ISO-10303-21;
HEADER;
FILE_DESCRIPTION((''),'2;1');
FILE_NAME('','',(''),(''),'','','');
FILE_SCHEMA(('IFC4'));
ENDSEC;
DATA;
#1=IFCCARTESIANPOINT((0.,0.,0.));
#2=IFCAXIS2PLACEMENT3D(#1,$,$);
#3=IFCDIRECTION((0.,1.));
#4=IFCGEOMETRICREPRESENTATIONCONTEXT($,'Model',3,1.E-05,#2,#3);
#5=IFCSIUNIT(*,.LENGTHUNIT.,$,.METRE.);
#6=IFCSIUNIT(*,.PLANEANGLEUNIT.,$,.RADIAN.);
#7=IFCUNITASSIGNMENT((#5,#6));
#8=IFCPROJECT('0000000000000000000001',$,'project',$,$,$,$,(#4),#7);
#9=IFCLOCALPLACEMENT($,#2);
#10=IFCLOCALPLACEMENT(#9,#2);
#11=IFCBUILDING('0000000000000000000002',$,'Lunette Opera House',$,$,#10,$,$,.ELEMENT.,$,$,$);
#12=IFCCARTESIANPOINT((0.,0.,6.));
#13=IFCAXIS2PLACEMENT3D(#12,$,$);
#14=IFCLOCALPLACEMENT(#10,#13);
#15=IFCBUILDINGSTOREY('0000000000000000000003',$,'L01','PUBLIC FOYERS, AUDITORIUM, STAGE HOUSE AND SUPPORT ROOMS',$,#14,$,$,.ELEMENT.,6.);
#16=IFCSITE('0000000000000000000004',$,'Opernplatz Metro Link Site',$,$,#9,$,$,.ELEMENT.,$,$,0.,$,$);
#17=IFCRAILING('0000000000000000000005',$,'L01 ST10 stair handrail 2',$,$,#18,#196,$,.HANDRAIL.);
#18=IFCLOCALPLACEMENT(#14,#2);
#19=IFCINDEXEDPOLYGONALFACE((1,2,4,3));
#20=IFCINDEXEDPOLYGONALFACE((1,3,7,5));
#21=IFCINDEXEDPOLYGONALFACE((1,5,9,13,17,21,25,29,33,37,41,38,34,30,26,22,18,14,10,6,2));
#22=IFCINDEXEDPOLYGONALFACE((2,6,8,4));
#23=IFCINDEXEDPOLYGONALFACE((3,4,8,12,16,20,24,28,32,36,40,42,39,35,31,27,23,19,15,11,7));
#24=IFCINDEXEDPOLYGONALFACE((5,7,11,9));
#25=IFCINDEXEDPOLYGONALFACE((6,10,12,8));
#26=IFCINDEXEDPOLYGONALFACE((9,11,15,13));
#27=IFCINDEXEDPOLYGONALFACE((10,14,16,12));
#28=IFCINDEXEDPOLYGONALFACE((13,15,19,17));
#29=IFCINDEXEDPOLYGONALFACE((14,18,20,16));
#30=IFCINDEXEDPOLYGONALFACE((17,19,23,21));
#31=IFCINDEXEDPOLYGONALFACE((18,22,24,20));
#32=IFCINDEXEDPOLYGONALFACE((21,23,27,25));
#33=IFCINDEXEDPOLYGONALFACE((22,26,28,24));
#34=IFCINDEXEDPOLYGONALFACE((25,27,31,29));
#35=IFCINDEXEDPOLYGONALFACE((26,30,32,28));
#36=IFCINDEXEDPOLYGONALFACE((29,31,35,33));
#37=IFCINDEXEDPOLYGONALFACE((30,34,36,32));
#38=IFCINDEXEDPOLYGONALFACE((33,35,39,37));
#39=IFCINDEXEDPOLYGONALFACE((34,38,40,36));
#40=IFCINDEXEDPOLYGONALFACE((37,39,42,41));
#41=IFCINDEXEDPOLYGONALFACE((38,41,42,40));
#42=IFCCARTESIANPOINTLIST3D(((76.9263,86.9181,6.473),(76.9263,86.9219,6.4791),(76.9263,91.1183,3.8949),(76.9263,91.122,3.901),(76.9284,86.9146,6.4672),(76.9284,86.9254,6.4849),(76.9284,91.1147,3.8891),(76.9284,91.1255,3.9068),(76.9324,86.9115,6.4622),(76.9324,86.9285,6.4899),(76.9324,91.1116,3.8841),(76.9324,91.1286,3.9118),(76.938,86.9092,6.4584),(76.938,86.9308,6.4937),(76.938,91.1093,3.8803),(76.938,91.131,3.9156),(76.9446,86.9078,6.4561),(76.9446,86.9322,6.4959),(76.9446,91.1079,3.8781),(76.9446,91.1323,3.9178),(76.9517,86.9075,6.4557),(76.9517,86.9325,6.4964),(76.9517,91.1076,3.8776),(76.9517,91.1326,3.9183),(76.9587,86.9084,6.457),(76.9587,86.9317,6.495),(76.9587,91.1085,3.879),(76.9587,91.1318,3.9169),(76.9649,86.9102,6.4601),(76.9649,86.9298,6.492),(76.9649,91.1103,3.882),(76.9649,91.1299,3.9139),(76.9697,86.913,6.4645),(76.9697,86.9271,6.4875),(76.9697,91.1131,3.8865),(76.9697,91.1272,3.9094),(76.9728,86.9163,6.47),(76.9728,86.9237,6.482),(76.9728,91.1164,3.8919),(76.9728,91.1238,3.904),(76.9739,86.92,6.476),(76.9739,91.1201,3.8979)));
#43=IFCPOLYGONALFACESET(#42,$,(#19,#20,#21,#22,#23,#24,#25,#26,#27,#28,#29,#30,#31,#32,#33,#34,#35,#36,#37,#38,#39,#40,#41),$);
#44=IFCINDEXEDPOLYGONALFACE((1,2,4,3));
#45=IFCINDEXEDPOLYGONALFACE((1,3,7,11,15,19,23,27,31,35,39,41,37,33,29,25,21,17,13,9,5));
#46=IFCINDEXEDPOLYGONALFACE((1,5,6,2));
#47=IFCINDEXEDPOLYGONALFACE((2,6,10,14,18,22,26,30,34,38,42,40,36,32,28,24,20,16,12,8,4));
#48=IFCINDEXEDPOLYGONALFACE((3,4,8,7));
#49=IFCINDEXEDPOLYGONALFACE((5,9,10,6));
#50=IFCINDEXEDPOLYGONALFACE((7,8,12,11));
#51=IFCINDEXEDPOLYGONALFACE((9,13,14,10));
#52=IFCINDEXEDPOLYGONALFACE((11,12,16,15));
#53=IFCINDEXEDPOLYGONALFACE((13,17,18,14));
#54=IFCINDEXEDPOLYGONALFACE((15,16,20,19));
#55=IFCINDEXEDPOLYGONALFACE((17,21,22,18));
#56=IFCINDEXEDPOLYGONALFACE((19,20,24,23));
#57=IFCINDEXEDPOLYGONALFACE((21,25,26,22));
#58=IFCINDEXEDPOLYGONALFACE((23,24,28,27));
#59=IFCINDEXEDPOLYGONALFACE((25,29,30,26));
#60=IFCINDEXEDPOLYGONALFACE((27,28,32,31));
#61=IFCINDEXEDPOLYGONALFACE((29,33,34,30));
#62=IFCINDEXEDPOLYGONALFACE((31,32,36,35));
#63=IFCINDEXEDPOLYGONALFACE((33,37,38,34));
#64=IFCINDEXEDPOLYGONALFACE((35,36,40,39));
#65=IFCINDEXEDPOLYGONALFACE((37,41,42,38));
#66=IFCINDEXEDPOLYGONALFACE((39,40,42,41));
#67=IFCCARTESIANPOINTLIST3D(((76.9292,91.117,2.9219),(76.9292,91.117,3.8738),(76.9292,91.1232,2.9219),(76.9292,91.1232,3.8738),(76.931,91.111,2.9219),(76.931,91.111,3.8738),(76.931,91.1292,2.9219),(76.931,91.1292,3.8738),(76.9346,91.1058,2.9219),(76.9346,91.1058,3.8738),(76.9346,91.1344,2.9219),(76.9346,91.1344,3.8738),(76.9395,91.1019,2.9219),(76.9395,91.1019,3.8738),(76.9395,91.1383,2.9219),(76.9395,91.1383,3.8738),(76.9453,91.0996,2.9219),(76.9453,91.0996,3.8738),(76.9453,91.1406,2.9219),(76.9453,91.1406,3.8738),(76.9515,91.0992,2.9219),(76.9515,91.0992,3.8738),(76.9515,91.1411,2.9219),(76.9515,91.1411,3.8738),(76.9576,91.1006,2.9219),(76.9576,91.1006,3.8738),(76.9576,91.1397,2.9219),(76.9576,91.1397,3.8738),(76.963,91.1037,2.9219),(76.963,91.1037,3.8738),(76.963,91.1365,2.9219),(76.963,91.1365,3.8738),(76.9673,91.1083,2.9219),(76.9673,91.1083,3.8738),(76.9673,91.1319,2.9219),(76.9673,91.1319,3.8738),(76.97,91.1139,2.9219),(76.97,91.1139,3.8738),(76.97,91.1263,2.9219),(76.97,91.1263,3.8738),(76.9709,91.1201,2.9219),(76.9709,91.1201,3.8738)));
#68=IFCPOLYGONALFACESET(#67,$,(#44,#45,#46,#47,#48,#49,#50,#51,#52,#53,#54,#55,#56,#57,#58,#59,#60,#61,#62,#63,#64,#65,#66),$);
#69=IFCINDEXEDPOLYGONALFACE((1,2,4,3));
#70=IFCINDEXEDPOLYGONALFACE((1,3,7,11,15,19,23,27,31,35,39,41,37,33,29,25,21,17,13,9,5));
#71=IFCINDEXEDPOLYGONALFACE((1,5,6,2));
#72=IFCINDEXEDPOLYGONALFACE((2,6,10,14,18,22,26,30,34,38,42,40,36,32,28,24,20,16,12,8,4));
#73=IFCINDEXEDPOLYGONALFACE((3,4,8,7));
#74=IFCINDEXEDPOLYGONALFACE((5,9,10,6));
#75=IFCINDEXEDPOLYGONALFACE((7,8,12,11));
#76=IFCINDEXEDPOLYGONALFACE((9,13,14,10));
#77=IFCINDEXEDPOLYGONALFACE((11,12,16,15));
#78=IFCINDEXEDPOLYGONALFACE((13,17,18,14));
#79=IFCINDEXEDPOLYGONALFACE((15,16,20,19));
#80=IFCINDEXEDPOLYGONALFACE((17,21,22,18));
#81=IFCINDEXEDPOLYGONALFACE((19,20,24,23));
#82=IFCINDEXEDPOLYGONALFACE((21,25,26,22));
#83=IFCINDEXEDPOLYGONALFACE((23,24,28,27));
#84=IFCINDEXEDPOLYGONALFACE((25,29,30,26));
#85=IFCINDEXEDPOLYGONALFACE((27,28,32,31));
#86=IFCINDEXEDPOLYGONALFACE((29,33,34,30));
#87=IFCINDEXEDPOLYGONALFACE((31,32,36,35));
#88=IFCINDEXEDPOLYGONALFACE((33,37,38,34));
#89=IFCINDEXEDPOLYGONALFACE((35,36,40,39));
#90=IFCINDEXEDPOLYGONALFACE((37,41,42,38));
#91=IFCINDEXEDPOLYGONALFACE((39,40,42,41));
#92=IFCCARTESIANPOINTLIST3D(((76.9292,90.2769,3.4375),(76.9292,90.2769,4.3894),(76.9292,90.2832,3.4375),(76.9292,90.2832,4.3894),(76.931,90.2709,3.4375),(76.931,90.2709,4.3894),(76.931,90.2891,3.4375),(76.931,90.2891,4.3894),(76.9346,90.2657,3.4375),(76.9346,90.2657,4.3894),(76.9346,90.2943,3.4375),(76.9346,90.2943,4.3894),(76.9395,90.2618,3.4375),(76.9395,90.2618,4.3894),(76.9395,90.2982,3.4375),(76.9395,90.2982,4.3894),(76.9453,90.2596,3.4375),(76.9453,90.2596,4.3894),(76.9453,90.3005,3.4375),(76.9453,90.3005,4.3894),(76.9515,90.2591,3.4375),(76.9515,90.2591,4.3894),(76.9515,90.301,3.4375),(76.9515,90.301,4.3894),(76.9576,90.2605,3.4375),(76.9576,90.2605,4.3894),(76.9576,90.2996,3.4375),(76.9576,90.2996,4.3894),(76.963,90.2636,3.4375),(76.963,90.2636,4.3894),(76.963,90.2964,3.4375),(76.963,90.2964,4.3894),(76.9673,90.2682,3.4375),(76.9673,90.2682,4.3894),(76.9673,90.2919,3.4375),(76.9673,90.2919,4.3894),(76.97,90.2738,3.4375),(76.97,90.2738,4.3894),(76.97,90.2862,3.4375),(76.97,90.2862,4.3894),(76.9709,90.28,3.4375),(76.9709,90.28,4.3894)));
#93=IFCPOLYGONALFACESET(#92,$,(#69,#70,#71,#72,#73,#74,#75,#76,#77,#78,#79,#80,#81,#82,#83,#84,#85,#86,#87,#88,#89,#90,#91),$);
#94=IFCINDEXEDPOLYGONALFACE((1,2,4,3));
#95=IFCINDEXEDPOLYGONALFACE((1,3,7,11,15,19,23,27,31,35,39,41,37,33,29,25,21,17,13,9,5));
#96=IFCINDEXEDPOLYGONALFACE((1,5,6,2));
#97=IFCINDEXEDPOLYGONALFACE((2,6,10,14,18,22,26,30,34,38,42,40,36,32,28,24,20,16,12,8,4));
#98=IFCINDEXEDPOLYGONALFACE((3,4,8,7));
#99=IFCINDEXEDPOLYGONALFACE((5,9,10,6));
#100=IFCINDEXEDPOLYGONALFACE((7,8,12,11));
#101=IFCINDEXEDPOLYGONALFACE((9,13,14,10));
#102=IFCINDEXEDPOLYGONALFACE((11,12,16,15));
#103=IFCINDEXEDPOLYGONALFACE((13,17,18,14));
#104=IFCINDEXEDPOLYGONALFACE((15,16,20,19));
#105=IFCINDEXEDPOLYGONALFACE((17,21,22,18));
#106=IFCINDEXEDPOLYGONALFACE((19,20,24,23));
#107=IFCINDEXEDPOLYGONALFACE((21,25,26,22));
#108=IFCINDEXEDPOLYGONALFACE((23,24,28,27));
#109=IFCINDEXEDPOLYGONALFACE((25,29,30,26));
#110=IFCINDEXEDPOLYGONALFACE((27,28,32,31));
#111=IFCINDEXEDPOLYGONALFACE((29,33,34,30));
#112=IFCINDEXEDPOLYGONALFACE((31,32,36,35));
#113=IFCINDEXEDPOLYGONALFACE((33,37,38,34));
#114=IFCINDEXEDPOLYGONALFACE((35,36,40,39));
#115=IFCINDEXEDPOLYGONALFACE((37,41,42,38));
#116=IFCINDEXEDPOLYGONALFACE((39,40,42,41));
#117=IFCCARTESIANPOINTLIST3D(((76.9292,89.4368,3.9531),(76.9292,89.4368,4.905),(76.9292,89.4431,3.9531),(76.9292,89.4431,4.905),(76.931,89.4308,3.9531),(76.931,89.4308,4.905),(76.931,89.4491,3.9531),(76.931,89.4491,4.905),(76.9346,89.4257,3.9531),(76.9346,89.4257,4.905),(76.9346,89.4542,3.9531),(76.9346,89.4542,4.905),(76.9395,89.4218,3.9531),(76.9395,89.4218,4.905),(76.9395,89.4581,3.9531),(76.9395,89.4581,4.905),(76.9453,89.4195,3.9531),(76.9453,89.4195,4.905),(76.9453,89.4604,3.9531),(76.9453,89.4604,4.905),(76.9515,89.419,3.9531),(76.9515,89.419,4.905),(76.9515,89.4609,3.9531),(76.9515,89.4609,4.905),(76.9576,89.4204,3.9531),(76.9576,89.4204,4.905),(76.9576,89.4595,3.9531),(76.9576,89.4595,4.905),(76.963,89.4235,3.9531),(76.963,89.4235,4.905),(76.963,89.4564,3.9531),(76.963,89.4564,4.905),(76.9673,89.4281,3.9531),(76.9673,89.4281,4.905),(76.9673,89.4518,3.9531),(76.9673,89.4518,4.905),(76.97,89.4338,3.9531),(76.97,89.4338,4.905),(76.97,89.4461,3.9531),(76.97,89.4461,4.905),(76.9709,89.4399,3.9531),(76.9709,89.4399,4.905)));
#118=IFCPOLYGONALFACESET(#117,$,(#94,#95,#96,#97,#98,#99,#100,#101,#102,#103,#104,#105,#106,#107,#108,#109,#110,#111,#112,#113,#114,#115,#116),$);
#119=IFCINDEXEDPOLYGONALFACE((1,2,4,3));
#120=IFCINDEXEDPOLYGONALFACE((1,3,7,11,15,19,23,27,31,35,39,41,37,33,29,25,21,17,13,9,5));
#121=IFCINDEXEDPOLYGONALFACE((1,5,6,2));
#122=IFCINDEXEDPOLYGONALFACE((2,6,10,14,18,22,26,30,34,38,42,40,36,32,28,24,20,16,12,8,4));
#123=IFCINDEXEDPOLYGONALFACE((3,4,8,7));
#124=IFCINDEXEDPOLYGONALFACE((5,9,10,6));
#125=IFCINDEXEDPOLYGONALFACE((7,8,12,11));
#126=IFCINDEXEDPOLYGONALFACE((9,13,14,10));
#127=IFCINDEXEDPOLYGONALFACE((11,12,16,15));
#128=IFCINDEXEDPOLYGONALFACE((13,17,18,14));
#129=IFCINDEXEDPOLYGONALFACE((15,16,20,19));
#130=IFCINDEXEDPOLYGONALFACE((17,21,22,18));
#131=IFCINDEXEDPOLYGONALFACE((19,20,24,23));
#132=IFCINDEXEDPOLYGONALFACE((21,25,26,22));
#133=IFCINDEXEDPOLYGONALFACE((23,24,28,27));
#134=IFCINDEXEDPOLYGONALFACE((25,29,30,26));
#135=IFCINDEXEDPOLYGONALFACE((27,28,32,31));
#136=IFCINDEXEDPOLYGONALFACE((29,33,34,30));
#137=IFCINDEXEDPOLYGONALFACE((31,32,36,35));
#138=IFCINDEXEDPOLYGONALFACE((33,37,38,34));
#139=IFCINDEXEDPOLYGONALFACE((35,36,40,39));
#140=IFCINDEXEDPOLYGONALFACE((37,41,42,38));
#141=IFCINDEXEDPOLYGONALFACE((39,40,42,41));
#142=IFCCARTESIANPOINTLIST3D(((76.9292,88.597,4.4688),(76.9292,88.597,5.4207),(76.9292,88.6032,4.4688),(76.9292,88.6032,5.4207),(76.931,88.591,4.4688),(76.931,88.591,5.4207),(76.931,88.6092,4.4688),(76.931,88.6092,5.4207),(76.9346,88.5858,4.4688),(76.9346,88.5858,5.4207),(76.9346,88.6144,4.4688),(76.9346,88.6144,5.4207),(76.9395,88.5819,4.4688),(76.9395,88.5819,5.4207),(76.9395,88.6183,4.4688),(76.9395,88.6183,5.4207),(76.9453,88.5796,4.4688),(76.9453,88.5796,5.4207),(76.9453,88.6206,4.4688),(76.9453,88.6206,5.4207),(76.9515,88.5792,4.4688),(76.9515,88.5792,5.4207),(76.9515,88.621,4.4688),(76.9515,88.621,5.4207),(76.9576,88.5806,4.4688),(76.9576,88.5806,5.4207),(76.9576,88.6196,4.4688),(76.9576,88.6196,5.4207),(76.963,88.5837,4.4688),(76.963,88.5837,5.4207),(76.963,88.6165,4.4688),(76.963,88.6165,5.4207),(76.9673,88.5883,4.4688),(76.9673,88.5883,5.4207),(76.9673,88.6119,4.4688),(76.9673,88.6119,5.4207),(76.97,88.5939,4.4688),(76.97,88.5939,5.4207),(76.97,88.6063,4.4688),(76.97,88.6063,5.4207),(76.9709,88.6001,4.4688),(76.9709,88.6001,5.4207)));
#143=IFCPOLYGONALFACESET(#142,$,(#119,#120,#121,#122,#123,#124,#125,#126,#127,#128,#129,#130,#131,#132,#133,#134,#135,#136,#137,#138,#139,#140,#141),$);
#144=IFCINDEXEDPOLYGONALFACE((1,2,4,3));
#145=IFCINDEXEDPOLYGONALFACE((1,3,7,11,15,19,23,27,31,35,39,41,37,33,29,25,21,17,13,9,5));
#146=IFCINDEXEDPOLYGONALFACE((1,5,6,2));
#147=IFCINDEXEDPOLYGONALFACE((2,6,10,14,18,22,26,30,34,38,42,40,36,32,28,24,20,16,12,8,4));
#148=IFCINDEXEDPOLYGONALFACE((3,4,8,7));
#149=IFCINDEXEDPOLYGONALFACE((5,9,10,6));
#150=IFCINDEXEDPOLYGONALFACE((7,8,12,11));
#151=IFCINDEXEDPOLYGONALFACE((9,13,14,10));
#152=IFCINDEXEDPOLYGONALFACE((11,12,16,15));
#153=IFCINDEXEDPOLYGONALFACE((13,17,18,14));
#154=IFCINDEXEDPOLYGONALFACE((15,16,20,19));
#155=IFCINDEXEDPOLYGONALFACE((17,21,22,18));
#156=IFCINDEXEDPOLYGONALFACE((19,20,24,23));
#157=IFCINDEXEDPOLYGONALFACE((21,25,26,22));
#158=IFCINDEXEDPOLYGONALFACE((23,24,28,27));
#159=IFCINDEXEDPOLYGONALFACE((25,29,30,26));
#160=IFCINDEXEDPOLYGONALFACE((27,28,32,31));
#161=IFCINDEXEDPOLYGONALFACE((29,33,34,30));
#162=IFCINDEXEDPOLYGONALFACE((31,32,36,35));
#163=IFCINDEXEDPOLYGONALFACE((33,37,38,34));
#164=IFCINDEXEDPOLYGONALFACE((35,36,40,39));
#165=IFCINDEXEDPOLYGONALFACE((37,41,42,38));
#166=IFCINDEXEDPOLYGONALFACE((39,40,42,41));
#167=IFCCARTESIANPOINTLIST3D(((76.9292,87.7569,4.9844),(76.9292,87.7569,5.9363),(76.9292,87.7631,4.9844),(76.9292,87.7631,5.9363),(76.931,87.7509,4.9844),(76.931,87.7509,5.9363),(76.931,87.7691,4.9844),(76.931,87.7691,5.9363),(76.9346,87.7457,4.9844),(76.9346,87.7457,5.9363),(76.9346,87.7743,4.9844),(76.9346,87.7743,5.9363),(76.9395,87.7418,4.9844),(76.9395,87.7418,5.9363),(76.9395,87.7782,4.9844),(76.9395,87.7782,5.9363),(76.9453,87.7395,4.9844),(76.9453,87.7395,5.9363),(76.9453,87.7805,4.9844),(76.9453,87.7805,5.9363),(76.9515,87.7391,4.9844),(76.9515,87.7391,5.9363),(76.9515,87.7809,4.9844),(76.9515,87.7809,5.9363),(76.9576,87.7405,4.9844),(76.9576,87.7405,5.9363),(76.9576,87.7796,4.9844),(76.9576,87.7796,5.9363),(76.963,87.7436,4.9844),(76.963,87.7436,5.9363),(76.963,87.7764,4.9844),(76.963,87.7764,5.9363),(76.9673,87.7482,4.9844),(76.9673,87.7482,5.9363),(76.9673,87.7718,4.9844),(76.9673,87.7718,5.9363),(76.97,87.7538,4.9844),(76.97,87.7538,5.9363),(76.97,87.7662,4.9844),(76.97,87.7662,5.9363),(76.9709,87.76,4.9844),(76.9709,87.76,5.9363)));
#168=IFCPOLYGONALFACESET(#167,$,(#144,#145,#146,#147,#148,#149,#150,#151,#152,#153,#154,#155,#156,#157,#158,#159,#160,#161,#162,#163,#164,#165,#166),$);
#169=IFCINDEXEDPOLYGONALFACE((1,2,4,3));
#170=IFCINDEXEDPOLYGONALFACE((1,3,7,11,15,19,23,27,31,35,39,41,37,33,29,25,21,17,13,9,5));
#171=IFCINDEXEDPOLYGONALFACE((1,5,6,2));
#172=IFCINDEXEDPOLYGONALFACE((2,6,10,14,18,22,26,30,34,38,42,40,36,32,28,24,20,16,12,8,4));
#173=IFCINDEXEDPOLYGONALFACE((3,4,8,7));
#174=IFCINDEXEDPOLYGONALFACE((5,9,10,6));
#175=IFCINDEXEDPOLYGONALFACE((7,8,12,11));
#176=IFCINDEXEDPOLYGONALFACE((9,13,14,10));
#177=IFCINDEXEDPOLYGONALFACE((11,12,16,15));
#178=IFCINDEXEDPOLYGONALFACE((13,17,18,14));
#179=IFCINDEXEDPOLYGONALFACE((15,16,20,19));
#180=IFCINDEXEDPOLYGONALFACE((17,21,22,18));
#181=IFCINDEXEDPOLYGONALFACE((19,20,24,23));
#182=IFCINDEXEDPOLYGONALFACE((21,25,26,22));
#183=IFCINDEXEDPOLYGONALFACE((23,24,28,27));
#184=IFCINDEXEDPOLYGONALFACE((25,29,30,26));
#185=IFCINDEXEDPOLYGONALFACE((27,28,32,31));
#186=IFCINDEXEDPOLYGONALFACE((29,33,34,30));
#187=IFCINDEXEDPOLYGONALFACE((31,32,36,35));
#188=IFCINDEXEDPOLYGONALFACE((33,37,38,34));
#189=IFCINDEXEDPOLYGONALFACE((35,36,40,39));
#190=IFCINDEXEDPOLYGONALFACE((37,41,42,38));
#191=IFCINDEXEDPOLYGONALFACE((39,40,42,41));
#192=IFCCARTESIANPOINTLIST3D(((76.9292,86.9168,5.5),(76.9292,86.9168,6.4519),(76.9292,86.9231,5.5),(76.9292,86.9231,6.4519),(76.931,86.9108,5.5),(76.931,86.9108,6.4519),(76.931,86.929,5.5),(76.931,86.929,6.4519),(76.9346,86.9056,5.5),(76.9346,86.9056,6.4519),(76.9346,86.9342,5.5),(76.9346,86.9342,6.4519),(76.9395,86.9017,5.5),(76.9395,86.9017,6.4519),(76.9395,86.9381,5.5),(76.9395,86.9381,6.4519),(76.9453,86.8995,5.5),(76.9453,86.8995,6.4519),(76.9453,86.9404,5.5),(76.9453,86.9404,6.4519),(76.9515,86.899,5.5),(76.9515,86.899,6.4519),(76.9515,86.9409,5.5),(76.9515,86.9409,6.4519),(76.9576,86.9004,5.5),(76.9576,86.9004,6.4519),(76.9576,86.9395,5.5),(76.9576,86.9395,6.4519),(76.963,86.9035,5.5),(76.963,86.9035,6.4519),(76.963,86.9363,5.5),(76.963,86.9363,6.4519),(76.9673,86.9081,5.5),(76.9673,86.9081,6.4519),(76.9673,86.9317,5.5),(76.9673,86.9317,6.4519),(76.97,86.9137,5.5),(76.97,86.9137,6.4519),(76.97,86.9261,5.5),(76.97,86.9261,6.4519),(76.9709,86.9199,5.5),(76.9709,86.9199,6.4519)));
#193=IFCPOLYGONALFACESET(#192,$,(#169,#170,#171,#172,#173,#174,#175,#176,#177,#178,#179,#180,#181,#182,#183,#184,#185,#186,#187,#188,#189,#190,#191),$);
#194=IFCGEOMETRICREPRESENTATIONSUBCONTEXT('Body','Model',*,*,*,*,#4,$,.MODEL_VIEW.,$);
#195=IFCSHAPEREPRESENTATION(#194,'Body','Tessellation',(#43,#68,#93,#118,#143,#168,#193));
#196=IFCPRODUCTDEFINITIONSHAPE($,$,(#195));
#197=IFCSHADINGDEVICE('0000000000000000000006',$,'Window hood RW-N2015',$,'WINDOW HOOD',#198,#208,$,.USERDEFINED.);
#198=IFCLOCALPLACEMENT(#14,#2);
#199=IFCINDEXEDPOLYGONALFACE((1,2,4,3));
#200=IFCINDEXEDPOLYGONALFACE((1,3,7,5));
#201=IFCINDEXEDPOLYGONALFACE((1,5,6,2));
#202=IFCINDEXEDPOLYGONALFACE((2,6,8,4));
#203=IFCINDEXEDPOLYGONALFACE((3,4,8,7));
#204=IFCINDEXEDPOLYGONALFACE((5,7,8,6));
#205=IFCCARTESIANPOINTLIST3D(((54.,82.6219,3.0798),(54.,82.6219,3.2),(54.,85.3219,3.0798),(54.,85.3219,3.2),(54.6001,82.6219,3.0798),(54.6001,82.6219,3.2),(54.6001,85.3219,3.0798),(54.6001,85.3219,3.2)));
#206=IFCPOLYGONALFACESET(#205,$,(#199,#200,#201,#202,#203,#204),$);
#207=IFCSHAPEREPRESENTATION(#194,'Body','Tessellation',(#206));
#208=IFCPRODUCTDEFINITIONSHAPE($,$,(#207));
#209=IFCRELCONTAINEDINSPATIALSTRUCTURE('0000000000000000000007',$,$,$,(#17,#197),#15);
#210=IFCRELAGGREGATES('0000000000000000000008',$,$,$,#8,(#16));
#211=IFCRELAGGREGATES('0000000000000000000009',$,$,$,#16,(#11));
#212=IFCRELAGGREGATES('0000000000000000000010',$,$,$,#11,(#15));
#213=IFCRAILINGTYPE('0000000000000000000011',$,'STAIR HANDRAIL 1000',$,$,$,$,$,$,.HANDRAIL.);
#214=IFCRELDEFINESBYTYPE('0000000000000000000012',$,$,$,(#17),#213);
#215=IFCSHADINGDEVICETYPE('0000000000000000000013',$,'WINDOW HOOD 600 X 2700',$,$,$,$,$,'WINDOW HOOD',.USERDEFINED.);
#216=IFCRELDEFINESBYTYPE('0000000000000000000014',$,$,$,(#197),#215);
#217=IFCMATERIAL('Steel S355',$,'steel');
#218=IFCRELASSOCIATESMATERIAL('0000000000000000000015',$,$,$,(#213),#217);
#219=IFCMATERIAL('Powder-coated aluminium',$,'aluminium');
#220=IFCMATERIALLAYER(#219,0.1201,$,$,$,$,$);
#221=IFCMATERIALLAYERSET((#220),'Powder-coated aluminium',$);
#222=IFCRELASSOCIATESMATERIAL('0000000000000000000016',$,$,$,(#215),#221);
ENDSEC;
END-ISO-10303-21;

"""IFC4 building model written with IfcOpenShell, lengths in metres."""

from ifc_helpers import new_model, si_unit, direction, frame, origin, origin_2d, place, context, subcontext, project, spatial, rectangle, circle, extrude, material, layer, layer_set, type_object, element, save


model = new_model("IFC4")

# Units and contexts
model_context = context("Model", 3, precision=1e-05, world=origin(), true_north=direction((0.0, 1.0)))
body_context = subcontext(model_context, "Body", "Model", "MODEL_VIEW")
ifc_project = project(units=[si_unit("LENGTHUNIT", "METRE"), si_unit("PLANEANGLEUNIT", "RADIAN")], contexts=[model_context])

# Site, building, storey
site_placement = place(None, origin())
site = spatial("IfcSite", under=ifc_project, at=site_placement, Name="Opernplatz Metro Link Site", CompositionType="ELEMENT", RefElevation=0.0)
building_placement = place(site_placement, origin())
building = spatial("IfcBuilding", under=site, at=building_placement, Name="Lunette Opera House", CompositionType="ELEMENT")
storey_placement = place(building_placement, frame((0.0, 0.0, 6.0)))
storey = spatial("IfcBuildingStorey", under=building, at=storey_placement, Name="L01", Description="PUBLIC FOYERS, AUDITORIUM, STAGE HOUSE AND SUPPORT ROOMS", CompositionType="ELEMENT", Elevation=6.0)

# Railing
ifc_material_1 = material(Name="Steel S355", Category="steel")
railing_type_1 = type_object("IfcRailingType", Name="STAIR HANDRAIL 1000", PredefinedType="HANDRAIL", material=ifc_material_1)
railing_1_placement = place(storey_placement, frame((76.95, 91.1201, 2.9219)))
element("IfcRailing", 1, at=railing_1_placement, inside=storey, type_object=railing_type_1, Name="L01 ST10 stair handrail 2", PredefinedType="HANDRAIL", context=body_context, shape_type="SweptSolid", body=[
    extrude(circle(Radius=0.0239, at=origin_2d()), frame((0.0, 0.0, 0.9761), z_axis=(0.0, -0.852256, 0.523124), x_axis=(1.0, 0.0, 0.0)), (0.0, 0.0, 1.0), 4.9282),
    extrude(circle(Radius=0.021, at=origin_2d()), origin(), (0.0, 0.0, 1.0), 0.9519),
    extrude(circle(Radius=0.021, at=origin_2d()), frame((0.0, -0.8401, 0.5156)), (0.0, 0.0, 1.0), 0.9519),
    extrude(circle(Radius=0.021, at=origin_2d()), frame((0.0, -1.6802, 1.0312)), (0.0, 0.0, 1.0), 0.9519),
    extrude(circle(Radius=0.021, at=origin_2d()), frame((0.0, -2.52, 1.5469)), (0.0, 0.0, 1.0), 0.9519),
    extrude(circle(Radius=0.021, at=origin_2d()), frame((0.0, -3.3601, 2.0625)), (0.0, 0.0, 1.0), 0.9519),
    extrude(circle(Radius=0.021, at=origin_2d()), frame((0.0, -4.2002, 2.5781)), (0.0, 0.0, 1.0), 0.9519),
])

# Shading device
ifc_material_2 = material(Name="Powder-coated aluminium", Category="aluminium")
ifc_layer_1 = layer(ifc_material_2, 0.1201)
ifc_layer_set_1 = layer_set([ifc_layer_1], Name="Powder-coated aluminium")
shading_device_type = type_object("IfcShadingDeviceType", Name="WINDOW HOOD 600 X 2700", ElementType="WINDOW HOOD", PredefinedType="USERDEFINED", material=ifc_layer_set_1)
shading_device_placement = place(storey_placement, frame((54.3, 83.9719, 3.0798), z_axis=(0.0, 0.0, 1.0), x_axis=(1.0, 0.0, 0.0)))
element("IfcShadingDevice", 2, at=shading_device_placement, inside=storey, type_object=shading_device_type, Name="Window hood RW-N2015", ObjectType="WINDOW HOOD", PredefinedType="USERDEFINED", context=body_context, shape_type="SweptSolid", body=[
    extrude(rectangle(XDim=0.6001, YDim=2.7, at=origin_2d()), origin(), (0.0, 0.0, 1.0), 0.1201),
])

save(model, "model.ifc")
